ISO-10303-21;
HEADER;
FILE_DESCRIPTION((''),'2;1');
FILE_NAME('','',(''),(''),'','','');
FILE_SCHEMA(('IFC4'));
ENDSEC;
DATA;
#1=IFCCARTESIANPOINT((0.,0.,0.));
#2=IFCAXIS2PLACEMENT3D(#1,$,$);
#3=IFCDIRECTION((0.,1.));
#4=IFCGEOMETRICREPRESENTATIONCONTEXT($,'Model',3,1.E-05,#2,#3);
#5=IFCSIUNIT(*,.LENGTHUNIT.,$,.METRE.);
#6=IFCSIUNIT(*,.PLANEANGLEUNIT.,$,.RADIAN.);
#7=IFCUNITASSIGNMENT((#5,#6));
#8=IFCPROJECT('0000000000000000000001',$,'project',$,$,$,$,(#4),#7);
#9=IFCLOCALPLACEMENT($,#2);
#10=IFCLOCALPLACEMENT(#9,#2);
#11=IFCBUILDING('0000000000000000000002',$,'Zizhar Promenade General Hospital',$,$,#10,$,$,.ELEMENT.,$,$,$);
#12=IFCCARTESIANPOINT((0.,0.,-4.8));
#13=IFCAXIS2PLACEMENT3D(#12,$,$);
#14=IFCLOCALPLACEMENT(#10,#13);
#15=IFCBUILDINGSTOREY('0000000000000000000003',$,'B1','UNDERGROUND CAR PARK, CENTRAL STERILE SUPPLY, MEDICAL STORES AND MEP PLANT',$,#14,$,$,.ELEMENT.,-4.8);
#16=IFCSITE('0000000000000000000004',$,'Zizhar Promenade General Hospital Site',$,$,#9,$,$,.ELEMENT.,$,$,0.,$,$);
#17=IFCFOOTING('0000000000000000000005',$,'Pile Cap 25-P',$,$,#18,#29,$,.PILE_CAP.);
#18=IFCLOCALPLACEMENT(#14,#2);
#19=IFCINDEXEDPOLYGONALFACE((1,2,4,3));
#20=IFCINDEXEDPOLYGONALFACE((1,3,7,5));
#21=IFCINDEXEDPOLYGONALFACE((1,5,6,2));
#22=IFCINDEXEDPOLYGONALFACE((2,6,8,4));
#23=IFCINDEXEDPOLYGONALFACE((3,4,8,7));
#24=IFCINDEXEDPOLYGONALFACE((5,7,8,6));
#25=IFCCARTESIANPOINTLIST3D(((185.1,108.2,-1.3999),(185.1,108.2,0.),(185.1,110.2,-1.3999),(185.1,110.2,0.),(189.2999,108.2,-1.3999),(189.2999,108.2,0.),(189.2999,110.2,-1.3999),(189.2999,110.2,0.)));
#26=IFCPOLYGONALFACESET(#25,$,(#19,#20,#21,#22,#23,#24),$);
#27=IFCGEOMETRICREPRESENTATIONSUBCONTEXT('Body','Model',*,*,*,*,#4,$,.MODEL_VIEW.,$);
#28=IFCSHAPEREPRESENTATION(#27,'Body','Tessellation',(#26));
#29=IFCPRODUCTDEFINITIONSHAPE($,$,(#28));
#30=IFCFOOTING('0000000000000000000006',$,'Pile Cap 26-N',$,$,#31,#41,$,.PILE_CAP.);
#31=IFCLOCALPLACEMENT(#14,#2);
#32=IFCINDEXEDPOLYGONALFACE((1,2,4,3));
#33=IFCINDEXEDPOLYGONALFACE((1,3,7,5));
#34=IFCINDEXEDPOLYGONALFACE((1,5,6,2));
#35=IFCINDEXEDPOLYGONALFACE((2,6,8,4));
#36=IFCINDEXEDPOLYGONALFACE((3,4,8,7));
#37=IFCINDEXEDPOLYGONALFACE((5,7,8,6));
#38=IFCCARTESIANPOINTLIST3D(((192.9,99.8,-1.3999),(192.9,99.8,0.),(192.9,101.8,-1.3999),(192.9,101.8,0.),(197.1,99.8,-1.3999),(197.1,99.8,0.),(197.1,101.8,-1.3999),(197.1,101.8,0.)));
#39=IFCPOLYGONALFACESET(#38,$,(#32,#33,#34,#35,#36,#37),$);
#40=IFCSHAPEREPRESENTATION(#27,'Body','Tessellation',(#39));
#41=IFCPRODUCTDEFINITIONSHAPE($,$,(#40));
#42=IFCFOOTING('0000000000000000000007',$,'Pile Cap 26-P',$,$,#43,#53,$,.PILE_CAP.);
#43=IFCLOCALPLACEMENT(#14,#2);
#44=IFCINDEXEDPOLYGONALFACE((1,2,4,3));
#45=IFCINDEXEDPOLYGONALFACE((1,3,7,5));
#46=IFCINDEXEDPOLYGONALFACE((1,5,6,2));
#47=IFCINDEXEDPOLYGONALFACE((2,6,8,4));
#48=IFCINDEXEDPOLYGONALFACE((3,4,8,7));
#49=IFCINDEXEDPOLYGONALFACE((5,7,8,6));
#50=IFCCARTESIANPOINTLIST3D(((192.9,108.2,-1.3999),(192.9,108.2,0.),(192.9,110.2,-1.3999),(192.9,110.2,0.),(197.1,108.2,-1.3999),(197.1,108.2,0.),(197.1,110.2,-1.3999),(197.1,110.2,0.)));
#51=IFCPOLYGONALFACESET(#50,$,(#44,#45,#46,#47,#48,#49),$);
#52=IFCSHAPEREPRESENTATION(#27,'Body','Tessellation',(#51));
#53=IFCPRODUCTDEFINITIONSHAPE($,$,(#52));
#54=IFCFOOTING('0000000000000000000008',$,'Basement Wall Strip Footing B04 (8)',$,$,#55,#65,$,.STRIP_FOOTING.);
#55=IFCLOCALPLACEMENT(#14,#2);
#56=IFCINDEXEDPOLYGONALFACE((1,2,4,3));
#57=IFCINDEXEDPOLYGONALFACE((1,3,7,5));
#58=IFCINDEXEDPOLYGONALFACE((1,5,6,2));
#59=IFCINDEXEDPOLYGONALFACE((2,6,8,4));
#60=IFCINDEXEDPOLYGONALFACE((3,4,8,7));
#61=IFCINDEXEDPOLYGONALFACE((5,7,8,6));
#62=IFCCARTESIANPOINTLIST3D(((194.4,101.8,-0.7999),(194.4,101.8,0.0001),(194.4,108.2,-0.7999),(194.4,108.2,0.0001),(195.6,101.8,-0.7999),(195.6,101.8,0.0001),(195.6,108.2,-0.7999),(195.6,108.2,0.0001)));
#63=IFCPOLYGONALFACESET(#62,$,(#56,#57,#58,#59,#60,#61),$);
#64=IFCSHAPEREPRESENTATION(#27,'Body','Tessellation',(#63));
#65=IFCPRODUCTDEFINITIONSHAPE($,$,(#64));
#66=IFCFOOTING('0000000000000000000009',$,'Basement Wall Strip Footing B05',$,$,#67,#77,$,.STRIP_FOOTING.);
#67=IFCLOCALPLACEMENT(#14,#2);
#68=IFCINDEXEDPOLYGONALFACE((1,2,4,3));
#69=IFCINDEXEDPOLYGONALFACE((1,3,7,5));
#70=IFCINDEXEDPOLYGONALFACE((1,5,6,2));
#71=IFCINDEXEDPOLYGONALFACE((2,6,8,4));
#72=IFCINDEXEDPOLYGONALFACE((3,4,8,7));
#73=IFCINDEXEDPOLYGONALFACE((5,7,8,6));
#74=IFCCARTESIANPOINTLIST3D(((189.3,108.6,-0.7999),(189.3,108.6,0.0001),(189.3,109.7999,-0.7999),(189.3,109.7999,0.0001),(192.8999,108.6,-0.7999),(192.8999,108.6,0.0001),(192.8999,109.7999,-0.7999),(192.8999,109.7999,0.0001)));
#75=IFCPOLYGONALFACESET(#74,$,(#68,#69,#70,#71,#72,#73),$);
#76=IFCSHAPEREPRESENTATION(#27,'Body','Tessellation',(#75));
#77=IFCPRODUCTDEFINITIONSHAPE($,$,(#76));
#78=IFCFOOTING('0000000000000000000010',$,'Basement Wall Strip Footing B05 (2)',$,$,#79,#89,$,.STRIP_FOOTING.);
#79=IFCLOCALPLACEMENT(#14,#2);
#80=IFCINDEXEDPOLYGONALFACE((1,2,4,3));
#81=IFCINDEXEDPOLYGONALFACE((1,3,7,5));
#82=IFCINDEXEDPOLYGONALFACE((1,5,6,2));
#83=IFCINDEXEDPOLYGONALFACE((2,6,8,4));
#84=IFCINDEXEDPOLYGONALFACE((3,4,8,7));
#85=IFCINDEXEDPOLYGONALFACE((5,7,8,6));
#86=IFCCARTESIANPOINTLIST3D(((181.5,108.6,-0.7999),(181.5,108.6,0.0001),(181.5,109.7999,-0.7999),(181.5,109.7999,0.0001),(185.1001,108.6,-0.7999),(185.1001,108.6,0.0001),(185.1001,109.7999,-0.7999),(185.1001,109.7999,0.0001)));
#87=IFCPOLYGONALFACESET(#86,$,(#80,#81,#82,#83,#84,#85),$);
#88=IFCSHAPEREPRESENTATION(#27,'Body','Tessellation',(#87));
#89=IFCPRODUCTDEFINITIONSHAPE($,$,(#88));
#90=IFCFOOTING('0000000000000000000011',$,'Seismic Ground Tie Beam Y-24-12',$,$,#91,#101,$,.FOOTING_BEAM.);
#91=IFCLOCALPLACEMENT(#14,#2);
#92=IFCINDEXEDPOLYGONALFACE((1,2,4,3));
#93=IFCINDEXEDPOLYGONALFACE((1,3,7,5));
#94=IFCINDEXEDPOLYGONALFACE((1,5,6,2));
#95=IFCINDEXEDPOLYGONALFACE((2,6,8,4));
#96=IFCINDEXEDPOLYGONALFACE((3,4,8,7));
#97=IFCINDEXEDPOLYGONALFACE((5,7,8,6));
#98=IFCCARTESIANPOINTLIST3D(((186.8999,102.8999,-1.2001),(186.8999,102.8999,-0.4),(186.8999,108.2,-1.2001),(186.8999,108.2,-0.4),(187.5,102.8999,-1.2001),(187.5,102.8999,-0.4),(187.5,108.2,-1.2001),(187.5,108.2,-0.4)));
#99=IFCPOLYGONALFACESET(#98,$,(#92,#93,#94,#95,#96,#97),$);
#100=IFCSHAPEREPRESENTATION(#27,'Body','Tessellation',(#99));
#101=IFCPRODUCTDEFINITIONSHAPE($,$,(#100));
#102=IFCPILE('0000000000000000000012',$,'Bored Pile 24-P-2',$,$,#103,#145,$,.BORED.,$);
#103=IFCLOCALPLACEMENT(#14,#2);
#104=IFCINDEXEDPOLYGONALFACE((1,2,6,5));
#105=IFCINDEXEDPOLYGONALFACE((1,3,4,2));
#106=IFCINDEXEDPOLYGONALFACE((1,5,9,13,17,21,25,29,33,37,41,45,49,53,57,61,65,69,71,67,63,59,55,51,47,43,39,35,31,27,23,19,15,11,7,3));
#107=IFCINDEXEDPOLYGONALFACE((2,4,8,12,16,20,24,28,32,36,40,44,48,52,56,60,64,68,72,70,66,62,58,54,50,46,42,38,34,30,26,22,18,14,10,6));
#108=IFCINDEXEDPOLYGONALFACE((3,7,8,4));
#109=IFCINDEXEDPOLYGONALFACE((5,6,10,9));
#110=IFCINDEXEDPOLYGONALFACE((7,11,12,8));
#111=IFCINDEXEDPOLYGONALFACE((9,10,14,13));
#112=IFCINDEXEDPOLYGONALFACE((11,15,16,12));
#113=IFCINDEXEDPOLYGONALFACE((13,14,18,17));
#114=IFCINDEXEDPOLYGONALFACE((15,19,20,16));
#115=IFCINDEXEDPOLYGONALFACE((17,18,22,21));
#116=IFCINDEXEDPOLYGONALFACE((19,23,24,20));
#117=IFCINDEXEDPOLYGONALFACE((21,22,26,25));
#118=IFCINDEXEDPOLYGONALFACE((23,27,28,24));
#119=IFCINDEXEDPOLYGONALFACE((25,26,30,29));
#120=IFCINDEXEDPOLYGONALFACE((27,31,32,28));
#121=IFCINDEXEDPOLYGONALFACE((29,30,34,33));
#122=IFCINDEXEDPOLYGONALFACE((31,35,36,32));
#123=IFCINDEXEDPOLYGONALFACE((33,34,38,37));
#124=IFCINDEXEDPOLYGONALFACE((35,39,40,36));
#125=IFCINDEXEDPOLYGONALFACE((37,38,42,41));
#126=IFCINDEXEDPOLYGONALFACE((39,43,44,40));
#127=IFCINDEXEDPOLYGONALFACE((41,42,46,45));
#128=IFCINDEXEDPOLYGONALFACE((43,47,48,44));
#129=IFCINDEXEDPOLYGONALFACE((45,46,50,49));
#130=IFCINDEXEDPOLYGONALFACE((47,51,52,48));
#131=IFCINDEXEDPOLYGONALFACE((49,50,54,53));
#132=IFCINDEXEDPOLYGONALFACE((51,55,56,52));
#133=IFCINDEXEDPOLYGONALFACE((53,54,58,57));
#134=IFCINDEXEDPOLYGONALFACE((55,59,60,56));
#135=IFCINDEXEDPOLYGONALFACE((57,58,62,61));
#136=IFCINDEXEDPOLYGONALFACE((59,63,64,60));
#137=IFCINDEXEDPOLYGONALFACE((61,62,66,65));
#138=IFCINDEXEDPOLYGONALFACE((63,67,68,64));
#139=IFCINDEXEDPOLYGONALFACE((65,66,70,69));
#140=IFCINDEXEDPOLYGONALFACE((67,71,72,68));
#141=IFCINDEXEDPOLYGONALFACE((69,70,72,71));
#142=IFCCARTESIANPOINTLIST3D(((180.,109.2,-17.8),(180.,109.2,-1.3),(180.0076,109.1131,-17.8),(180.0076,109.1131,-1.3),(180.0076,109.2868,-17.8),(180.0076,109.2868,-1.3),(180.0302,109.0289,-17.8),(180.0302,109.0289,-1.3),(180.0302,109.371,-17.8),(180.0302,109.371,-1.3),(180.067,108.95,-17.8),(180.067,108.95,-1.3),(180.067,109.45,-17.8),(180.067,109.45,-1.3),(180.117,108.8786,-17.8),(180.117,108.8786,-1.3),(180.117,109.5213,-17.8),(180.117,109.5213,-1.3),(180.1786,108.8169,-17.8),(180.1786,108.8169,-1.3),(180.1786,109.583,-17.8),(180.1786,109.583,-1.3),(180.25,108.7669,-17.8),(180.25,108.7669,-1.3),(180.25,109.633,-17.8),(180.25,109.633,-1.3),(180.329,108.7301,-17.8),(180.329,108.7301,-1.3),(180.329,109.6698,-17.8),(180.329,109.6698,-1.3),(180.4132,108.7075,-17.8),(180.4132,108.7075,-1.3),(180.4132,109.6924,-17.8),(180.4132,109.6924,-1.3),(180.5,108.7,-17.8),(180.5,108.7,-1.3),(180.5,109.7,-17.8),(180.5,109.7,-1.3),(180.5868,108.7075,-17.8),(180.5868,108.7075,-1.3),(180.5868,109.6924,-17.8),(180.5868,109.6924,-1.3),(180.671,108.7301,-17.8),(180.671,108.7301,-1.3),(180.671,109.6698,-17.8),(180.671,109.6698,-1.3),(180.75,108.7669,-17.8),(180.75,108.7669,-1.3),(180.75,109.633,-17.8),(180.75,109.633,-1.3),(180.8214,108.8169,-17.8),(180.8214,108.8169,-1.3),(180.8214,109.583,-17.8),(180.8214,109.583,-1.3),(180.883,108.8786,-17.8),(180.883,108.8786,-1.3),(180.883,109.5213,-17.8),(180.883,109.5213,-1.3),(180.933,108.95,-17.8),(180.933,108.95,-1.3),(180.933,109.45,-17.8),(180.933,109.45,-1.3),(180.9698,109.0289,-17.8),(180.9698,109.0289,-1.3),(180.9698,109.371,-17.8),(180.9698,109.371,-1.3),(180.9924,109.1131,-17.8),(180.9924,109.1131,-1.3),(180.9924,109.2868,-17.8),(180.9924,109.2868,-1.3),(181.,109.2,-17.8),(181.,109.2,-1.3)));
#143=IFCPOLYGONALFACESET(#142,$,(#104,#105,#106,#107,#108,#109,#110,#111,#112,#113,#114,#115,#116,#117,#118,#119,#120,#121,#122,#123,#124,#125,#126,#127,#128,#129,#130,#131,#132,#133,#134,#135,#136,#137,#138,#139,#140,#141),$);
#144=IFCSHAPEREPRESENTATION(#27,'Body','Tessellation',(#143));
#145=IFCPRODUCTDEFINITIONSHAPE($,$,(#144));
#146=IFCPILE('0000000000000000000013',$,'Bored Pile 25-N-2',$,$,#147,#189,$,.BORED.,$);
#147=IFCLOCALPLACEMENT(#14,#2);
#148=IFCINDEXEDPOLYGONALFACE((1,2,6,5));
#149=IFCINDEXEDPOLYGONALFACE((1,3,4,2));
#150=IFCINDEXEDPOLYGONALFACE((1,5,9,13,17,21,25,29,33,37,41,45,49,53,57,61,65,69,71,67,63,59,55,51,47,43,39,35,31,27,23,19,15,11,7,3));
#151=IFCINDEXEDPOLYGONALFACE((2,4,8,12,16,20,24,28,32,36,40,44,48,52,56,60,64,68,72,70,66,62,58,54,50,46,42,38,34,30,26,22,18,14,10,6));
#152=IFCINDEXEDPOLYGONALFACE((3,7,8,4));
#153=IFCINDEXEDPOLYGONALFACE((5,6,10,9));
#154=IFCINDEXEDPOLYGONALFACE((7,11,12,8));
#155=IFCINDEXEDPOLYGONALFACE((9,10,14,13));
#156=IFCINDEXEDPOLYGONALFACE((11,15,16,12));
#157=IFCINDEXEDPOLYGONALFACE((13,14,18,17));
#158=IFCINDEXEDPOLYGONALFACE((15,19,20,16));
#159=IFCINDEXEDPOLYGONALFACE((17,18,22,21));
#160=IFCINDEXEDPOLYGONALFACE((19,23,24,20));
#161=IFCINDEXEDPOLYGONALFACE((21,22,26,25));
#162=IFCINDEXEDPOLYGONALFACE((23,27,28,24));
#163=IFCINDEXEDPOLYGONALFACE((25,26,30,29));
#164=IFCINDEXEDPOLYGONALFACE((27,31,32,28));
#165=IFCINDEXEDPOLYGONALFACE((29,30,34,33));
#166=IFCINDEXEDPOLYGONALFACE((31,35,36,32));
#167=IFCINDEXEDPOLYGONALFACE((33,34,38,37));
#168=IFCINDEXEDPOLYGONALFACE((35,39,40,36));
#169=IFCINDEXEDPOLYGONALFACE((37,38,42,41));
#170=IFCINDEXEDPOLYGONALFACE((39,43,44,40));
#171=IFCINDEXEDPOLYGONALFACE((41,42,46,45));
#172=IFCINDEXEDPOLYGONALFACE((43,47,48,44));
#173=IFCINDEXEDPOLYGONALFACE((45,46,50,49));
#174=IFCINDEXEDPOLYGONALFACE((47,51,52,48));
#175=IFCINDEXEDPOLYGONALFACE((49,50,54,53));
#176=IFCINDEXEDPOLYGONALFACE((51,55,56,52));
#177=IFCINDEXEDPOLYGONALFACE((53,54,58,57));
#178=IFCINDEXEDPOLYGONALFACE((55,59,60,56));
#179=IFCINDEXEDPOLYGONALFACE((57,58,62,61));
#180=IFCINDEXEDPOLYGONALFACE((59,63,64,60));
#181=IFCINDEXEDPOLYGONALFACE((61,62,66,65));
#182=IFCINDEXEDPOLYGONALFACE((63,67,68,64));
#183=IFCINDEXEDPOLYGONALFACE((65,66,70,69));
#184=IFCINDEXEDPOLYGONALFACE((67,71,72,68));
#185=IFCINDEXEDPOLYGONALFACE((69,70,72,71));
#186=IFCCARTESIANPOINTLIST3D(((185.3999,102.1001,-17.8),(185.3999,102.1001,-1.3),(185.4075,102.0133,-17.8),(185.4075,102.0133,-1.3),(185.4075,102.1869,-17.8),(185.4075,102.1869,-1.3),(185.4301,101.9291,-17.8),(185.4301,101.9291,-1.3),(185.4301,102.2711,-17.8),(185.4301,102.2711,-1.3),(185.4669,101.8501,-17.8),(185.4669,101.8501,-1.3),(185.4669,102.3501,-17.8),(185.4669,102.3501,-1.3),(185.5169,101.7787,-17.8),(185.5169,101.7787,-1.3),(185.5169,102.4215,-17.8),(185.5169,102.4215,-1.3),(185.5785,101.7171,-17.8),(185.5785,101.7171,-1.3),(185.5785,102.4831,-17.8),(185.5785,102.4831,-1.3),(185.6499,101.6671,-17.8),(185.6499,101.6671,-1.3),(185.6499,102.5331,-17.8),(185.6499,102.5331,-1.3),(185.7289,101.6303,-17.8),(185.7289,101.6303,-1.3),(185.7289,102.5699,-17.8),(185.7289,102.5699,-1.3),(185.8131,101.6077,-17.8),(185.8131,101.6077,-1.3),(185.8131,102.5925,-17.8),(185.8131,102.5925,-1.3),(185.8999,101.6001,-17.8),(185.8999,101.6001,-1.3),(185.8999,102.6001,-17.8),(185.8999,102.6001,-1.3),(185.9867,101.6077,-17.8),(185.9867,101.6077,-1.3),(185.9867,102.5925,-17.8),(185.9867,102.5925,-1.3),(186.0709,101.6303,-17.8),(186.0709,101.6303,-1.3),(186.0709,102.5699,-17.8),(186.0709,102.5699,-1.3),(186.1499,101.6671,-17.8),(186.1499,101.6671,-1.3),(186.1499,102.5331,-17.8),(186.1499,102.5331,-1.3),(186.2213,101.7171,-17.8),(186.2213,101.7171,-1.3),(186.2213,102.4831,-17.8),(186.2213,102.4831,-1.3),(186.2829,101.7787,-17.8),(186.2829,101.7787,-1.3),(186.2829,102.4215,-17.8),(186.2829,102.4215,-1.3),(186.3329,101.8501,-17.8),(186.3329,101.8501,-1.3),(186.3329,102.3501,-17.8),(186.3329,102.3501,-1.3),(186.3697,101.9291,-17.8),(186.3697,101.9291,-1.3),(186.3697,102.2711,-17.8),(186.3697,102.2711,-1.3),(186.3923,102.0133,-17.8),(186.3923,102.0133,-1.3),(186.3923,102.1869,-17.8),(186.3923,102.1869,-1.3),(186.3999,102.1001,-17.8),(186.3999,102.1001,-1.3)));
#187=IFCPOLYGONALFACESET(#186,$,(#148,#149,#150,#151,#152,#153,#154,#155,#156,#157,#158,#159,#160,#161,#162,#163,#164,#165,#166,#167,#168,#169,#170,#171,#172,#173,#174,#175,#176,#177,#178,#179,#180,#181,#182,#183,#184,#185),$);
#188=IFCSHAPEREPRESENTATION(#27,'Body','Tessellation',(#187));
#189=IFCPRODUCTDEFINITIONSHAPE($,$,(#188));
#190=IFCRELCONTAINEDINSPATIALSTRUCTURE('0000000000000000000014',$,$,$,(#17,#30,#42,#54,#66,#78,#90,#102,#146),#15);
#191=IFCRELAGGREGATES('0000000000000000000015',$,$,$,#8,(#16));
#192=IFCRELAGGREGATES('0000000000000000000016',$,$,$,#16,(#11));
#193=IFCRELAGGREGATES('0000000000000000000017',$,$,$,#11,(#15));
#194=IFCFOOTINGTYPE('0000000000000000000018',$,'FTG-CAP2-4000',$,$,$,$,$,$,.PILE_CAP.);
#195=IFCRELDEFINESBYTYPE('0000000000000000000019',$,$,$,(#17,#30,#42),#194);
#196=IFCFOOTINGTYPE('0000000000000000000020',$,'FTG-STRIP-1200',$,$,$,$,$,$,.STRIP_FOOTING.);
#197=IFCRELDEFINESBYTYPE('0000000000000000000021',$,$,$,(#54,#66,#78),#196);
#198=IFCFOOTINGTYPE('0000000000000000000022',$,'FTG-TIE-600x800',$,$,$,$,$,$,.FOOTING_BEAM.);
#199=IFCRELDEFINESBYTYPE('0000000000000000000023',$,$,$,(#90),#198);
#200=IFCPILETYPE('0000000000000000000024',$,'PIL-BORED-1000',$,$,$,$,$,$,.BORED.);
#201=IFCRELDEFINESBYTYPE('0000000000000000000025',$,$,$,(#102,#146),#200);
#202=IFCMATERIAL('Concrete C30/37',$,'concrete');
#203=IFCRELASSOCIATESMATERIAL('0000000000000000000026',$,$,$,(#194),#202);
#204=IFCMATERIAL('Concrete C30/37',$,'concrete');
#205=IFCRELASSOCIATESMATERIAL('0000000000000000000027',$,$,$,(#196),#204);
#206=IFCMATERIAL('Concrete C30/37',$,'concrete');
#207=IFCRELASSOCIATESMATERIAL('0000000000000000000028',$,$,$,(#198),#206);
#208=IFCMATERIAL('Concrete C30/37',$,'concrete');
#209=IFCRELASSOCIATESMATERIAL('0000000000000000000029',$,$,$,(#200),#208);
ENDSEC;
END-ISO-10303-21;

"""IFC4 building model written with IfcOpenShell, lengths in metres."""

from ifc_helpers import new_model, si_unit, direction, frame, origin, origin_2d, place, context, subcontext, project, spatial, rectangle, circle, extrude, material, material_profile, profile_set, type_object, element, save


model = new_model("IFC4")

# Units and contexts
model_context = context("Model", 3, precision=1e-05, world=origin(), true_north=direction((0.0, 1.0)))
body_context = subcontext(model_context, "Body", "Model", "MODEL_VIEW")
ifc_project = project(units=[si_unit("LENGTHUNIT", "METRE"), si_unit("PLANEANGLEUNIT", "RADIAN")], contexts=[model_context])

# Site, building, storey
site_placement = place(None, origin())
site = spatial("IfcSite", under=ifc_project, at=site_placement, Name="Zizhar Promenade General Hospital Site", CompositionType="ELEMENT", RefElevation=0.0)
building_placement = place(site_placement, origin())
building = spatial("IfcBuilding", under=site, at=building_placement, Name="Zizhar Promenade General Hospital", CompositionType="ELEMENT")
storey_placement = place(building_placement, frame((0.0, 0.0, -4.8)))
storey = spatial("IfcBuildingStorey", under=building, at=storey_placement, Name="B1", Description="UNDERGROUND CAR PARK, CENTRAL STERILE SUPPLY, MEDICAL STORES AND MEP PLANT", CompositionType="ELEMENT", Elevation=-4.8)

# Footings
ifc_material_1 = material(Name="Concrete C30/37", Category="concrete")
footing_type_1 = type_object("IfcFootingType", Name="FTG-CAP2-4000", PredefinedType="PILE_CAP", material=ifc_material_1)
for number, where, z_axis, x_axis, name in (
    (1, (187.2, 109.2, -1.3999), (0.0, 0.0, 1.0), (1.0, 0.0, 0.0), "Pile Cap 25-P"),
    (2, (195.0, 100.8, -1.3999), (0.0, 0.0, 1.0), (1.0, 0.0, 0.0), "Pile Cap 26-N"),
    (3, (195.0, 109.2, -1.3999), (0.0, 0.0, 1.0), (1.0, 0.0, 0.0), "Pile Cap 26-P"),
):
    element("IfcFooting", number, at=place(storey_placement, frame(where, z_axis=z_axis, x_axis=x_axis)), inside=storey, type_object=footing_type_1, Name=name, PredefinedType="PILE_CAP", context=body_context, shape_type="SweptSolid", body=[
        extrude(rectangle(XDim=4.2, YDim=2.0, at=origin_2d()), origin(), (0.0, 0.0, 1.0), 1.3999),
    ])
ifc_material_2 = material(Name="Concrete C30/37", Category="concrete")
ifc_material_profile_1 = material_profile(ifc_material_2, rectangle(XDim=1.2, YDim=0.8, at=origin_2d()))
ifc_profile_set_1 = profile_set([ifc_material_profile_1], Name="Concrete C30/37")
footing_type_2 = type_object("IfcFootingType", Name="FTG-STRIP-1200", PredefinedType="STRIP_FOOTING", material=ifc_profile_set_1)
footing_1_placement = place(storey_placement, frame((195.0, 101.8, -0.3999), z_axis=(0.0, 1.0, 0.0), x_axis=(-1.0, 0.0, 0.0)))
element("IfcFooting", 4, at=footing_1_placement, inside=storey, type_object=footing_type_2, Name="Basement Wall Strip Footing B04 (8)", PredefinedType="STRIP_FOOTING", context=body_context, shape_type="SweptSolid", body=[
    extrude(rectangle(XDim=1.2, YDim=0.8, at=origin_2d()), origin(), (0.0, 0.0, 1.0), 6.3999),
])
footing_2_placement = place(storey_placement, frame((192.8999, 109.2, -0.3999), z_axis=(-1.0, 0.0, 0.0), x_axis=(0.0, -1.0, 0.0)))
element("IfcFooting", 5, at=footing_2_placement, inside=storey, type_object=footing_type_2, Name="Basement Wall Strip Footing B05", PredefinedType="STRIP_FOOTING", context=body_context, shape_type="SweptSolid", body=[
    extrude(rectangle(XDim=1.2, YDim=0.8, at=origin_2d()), origin(), (0.0, 0.0, 1.0), 3.5999),
])
footing_3_placement = place(storey_placement, frame((185.1001, 109.2, -0.3999), z_axis=(-1.0, 0.0, 0.0), x_axis=(0.0, -1.0, 0.0)))
element("IfcFooting", 6, at=footing_3_placement, inside=storey, type_object=footing_type_2, Name="Basement Wall Strip Footing B05 (2)", PredefinedType="STRIP_FOOTING", context=body_context, shape_type="SweptSolid", body=[
    extrude(rectangle(XDim=1.2, YDim=0.8, at=origin_2d()), origin(), (0.0, 0.0, 1.0), 3.6001),
])
ifc_material_3 = material(Name="Concrete C30/37", Category="concrete")
ifc_material_profile_2 = material_profile(ifc_material_3, rectangle(XDim=0.6001, YDim=0.8, at=origin_2d()))
ifc_profile_set_2 = profile_set([ifc_material_profile_2], Name="Concrete C30/37")
footing_type_3 = type_object("IfcFootingType", Name="FTG-TIE-600x800", PredefinedType="FOOTING_BEAM", material=ifc_profile_set_2)
footing_4_placement = place(storey_placement, frame((187.2, 102.8999, -0.8), z_axis=(0.0, 1.0, 0.0), x_axis=(-1.0, 0.0, 0.0)))
element("IfcFooting", 7, at=footing_4_placement, inside=storey, type_object=footing_type_3, Name="Seismic Ground Tie Beam Y-24-12", PredefinedType="FOOTING_BEAM", context=body_context, shape_type="SweptSolid", body=[
    extrude(rectangle(XDim=0.6001, YDim=0.8, at=origin_2d()), origin(), (0.0, 0.0, 1.0), 5.3),
])

# Piles
ifc_material_4 = material(Name="Concrete C30/37", Category="concrete")
ifc_material_profile_3 = material_profile(ifc_material_4, circle(Radius=0.5, at=origin_2d()))
ifc_profile_set_3 = profile_set([ifc_material_profile_3], Name="Concrete C30/37")
pile_type = type_object("IfcPileType", Name="PIL-BORED-1000", PredefinedType="BORED", material=ifc_profile_set_3)
for number, where, z_axis, x_axis, name in (
    (8, (180.5, 109.2, -1.3), (0.0, 0.0, -1.0), (1.0, 0.0, 0.0), "Bored Pile 24-P-2"),
    (9, (185.8999, 102.1001, -1.3), (0.0, 0.0, -1.0), (1.0, 0.0, 0.0), "Bored Pile 25-N-2"),
):
    element("IfcPile", number, at=place(storey_placement, frame(where, z_axis=z_axis, x_axis=x_axis)), inside=storey, type_object=pile_type, Name=name, PredefinedType="BORED", context=body_context, shape_type="SweptSolid", body=[
        extrude(circle(Radius=0.5, at=origin_2d()), origin(), (0.0, 0.0, 1.0), 16.5),
    ])

save(model, "model.ifc")
